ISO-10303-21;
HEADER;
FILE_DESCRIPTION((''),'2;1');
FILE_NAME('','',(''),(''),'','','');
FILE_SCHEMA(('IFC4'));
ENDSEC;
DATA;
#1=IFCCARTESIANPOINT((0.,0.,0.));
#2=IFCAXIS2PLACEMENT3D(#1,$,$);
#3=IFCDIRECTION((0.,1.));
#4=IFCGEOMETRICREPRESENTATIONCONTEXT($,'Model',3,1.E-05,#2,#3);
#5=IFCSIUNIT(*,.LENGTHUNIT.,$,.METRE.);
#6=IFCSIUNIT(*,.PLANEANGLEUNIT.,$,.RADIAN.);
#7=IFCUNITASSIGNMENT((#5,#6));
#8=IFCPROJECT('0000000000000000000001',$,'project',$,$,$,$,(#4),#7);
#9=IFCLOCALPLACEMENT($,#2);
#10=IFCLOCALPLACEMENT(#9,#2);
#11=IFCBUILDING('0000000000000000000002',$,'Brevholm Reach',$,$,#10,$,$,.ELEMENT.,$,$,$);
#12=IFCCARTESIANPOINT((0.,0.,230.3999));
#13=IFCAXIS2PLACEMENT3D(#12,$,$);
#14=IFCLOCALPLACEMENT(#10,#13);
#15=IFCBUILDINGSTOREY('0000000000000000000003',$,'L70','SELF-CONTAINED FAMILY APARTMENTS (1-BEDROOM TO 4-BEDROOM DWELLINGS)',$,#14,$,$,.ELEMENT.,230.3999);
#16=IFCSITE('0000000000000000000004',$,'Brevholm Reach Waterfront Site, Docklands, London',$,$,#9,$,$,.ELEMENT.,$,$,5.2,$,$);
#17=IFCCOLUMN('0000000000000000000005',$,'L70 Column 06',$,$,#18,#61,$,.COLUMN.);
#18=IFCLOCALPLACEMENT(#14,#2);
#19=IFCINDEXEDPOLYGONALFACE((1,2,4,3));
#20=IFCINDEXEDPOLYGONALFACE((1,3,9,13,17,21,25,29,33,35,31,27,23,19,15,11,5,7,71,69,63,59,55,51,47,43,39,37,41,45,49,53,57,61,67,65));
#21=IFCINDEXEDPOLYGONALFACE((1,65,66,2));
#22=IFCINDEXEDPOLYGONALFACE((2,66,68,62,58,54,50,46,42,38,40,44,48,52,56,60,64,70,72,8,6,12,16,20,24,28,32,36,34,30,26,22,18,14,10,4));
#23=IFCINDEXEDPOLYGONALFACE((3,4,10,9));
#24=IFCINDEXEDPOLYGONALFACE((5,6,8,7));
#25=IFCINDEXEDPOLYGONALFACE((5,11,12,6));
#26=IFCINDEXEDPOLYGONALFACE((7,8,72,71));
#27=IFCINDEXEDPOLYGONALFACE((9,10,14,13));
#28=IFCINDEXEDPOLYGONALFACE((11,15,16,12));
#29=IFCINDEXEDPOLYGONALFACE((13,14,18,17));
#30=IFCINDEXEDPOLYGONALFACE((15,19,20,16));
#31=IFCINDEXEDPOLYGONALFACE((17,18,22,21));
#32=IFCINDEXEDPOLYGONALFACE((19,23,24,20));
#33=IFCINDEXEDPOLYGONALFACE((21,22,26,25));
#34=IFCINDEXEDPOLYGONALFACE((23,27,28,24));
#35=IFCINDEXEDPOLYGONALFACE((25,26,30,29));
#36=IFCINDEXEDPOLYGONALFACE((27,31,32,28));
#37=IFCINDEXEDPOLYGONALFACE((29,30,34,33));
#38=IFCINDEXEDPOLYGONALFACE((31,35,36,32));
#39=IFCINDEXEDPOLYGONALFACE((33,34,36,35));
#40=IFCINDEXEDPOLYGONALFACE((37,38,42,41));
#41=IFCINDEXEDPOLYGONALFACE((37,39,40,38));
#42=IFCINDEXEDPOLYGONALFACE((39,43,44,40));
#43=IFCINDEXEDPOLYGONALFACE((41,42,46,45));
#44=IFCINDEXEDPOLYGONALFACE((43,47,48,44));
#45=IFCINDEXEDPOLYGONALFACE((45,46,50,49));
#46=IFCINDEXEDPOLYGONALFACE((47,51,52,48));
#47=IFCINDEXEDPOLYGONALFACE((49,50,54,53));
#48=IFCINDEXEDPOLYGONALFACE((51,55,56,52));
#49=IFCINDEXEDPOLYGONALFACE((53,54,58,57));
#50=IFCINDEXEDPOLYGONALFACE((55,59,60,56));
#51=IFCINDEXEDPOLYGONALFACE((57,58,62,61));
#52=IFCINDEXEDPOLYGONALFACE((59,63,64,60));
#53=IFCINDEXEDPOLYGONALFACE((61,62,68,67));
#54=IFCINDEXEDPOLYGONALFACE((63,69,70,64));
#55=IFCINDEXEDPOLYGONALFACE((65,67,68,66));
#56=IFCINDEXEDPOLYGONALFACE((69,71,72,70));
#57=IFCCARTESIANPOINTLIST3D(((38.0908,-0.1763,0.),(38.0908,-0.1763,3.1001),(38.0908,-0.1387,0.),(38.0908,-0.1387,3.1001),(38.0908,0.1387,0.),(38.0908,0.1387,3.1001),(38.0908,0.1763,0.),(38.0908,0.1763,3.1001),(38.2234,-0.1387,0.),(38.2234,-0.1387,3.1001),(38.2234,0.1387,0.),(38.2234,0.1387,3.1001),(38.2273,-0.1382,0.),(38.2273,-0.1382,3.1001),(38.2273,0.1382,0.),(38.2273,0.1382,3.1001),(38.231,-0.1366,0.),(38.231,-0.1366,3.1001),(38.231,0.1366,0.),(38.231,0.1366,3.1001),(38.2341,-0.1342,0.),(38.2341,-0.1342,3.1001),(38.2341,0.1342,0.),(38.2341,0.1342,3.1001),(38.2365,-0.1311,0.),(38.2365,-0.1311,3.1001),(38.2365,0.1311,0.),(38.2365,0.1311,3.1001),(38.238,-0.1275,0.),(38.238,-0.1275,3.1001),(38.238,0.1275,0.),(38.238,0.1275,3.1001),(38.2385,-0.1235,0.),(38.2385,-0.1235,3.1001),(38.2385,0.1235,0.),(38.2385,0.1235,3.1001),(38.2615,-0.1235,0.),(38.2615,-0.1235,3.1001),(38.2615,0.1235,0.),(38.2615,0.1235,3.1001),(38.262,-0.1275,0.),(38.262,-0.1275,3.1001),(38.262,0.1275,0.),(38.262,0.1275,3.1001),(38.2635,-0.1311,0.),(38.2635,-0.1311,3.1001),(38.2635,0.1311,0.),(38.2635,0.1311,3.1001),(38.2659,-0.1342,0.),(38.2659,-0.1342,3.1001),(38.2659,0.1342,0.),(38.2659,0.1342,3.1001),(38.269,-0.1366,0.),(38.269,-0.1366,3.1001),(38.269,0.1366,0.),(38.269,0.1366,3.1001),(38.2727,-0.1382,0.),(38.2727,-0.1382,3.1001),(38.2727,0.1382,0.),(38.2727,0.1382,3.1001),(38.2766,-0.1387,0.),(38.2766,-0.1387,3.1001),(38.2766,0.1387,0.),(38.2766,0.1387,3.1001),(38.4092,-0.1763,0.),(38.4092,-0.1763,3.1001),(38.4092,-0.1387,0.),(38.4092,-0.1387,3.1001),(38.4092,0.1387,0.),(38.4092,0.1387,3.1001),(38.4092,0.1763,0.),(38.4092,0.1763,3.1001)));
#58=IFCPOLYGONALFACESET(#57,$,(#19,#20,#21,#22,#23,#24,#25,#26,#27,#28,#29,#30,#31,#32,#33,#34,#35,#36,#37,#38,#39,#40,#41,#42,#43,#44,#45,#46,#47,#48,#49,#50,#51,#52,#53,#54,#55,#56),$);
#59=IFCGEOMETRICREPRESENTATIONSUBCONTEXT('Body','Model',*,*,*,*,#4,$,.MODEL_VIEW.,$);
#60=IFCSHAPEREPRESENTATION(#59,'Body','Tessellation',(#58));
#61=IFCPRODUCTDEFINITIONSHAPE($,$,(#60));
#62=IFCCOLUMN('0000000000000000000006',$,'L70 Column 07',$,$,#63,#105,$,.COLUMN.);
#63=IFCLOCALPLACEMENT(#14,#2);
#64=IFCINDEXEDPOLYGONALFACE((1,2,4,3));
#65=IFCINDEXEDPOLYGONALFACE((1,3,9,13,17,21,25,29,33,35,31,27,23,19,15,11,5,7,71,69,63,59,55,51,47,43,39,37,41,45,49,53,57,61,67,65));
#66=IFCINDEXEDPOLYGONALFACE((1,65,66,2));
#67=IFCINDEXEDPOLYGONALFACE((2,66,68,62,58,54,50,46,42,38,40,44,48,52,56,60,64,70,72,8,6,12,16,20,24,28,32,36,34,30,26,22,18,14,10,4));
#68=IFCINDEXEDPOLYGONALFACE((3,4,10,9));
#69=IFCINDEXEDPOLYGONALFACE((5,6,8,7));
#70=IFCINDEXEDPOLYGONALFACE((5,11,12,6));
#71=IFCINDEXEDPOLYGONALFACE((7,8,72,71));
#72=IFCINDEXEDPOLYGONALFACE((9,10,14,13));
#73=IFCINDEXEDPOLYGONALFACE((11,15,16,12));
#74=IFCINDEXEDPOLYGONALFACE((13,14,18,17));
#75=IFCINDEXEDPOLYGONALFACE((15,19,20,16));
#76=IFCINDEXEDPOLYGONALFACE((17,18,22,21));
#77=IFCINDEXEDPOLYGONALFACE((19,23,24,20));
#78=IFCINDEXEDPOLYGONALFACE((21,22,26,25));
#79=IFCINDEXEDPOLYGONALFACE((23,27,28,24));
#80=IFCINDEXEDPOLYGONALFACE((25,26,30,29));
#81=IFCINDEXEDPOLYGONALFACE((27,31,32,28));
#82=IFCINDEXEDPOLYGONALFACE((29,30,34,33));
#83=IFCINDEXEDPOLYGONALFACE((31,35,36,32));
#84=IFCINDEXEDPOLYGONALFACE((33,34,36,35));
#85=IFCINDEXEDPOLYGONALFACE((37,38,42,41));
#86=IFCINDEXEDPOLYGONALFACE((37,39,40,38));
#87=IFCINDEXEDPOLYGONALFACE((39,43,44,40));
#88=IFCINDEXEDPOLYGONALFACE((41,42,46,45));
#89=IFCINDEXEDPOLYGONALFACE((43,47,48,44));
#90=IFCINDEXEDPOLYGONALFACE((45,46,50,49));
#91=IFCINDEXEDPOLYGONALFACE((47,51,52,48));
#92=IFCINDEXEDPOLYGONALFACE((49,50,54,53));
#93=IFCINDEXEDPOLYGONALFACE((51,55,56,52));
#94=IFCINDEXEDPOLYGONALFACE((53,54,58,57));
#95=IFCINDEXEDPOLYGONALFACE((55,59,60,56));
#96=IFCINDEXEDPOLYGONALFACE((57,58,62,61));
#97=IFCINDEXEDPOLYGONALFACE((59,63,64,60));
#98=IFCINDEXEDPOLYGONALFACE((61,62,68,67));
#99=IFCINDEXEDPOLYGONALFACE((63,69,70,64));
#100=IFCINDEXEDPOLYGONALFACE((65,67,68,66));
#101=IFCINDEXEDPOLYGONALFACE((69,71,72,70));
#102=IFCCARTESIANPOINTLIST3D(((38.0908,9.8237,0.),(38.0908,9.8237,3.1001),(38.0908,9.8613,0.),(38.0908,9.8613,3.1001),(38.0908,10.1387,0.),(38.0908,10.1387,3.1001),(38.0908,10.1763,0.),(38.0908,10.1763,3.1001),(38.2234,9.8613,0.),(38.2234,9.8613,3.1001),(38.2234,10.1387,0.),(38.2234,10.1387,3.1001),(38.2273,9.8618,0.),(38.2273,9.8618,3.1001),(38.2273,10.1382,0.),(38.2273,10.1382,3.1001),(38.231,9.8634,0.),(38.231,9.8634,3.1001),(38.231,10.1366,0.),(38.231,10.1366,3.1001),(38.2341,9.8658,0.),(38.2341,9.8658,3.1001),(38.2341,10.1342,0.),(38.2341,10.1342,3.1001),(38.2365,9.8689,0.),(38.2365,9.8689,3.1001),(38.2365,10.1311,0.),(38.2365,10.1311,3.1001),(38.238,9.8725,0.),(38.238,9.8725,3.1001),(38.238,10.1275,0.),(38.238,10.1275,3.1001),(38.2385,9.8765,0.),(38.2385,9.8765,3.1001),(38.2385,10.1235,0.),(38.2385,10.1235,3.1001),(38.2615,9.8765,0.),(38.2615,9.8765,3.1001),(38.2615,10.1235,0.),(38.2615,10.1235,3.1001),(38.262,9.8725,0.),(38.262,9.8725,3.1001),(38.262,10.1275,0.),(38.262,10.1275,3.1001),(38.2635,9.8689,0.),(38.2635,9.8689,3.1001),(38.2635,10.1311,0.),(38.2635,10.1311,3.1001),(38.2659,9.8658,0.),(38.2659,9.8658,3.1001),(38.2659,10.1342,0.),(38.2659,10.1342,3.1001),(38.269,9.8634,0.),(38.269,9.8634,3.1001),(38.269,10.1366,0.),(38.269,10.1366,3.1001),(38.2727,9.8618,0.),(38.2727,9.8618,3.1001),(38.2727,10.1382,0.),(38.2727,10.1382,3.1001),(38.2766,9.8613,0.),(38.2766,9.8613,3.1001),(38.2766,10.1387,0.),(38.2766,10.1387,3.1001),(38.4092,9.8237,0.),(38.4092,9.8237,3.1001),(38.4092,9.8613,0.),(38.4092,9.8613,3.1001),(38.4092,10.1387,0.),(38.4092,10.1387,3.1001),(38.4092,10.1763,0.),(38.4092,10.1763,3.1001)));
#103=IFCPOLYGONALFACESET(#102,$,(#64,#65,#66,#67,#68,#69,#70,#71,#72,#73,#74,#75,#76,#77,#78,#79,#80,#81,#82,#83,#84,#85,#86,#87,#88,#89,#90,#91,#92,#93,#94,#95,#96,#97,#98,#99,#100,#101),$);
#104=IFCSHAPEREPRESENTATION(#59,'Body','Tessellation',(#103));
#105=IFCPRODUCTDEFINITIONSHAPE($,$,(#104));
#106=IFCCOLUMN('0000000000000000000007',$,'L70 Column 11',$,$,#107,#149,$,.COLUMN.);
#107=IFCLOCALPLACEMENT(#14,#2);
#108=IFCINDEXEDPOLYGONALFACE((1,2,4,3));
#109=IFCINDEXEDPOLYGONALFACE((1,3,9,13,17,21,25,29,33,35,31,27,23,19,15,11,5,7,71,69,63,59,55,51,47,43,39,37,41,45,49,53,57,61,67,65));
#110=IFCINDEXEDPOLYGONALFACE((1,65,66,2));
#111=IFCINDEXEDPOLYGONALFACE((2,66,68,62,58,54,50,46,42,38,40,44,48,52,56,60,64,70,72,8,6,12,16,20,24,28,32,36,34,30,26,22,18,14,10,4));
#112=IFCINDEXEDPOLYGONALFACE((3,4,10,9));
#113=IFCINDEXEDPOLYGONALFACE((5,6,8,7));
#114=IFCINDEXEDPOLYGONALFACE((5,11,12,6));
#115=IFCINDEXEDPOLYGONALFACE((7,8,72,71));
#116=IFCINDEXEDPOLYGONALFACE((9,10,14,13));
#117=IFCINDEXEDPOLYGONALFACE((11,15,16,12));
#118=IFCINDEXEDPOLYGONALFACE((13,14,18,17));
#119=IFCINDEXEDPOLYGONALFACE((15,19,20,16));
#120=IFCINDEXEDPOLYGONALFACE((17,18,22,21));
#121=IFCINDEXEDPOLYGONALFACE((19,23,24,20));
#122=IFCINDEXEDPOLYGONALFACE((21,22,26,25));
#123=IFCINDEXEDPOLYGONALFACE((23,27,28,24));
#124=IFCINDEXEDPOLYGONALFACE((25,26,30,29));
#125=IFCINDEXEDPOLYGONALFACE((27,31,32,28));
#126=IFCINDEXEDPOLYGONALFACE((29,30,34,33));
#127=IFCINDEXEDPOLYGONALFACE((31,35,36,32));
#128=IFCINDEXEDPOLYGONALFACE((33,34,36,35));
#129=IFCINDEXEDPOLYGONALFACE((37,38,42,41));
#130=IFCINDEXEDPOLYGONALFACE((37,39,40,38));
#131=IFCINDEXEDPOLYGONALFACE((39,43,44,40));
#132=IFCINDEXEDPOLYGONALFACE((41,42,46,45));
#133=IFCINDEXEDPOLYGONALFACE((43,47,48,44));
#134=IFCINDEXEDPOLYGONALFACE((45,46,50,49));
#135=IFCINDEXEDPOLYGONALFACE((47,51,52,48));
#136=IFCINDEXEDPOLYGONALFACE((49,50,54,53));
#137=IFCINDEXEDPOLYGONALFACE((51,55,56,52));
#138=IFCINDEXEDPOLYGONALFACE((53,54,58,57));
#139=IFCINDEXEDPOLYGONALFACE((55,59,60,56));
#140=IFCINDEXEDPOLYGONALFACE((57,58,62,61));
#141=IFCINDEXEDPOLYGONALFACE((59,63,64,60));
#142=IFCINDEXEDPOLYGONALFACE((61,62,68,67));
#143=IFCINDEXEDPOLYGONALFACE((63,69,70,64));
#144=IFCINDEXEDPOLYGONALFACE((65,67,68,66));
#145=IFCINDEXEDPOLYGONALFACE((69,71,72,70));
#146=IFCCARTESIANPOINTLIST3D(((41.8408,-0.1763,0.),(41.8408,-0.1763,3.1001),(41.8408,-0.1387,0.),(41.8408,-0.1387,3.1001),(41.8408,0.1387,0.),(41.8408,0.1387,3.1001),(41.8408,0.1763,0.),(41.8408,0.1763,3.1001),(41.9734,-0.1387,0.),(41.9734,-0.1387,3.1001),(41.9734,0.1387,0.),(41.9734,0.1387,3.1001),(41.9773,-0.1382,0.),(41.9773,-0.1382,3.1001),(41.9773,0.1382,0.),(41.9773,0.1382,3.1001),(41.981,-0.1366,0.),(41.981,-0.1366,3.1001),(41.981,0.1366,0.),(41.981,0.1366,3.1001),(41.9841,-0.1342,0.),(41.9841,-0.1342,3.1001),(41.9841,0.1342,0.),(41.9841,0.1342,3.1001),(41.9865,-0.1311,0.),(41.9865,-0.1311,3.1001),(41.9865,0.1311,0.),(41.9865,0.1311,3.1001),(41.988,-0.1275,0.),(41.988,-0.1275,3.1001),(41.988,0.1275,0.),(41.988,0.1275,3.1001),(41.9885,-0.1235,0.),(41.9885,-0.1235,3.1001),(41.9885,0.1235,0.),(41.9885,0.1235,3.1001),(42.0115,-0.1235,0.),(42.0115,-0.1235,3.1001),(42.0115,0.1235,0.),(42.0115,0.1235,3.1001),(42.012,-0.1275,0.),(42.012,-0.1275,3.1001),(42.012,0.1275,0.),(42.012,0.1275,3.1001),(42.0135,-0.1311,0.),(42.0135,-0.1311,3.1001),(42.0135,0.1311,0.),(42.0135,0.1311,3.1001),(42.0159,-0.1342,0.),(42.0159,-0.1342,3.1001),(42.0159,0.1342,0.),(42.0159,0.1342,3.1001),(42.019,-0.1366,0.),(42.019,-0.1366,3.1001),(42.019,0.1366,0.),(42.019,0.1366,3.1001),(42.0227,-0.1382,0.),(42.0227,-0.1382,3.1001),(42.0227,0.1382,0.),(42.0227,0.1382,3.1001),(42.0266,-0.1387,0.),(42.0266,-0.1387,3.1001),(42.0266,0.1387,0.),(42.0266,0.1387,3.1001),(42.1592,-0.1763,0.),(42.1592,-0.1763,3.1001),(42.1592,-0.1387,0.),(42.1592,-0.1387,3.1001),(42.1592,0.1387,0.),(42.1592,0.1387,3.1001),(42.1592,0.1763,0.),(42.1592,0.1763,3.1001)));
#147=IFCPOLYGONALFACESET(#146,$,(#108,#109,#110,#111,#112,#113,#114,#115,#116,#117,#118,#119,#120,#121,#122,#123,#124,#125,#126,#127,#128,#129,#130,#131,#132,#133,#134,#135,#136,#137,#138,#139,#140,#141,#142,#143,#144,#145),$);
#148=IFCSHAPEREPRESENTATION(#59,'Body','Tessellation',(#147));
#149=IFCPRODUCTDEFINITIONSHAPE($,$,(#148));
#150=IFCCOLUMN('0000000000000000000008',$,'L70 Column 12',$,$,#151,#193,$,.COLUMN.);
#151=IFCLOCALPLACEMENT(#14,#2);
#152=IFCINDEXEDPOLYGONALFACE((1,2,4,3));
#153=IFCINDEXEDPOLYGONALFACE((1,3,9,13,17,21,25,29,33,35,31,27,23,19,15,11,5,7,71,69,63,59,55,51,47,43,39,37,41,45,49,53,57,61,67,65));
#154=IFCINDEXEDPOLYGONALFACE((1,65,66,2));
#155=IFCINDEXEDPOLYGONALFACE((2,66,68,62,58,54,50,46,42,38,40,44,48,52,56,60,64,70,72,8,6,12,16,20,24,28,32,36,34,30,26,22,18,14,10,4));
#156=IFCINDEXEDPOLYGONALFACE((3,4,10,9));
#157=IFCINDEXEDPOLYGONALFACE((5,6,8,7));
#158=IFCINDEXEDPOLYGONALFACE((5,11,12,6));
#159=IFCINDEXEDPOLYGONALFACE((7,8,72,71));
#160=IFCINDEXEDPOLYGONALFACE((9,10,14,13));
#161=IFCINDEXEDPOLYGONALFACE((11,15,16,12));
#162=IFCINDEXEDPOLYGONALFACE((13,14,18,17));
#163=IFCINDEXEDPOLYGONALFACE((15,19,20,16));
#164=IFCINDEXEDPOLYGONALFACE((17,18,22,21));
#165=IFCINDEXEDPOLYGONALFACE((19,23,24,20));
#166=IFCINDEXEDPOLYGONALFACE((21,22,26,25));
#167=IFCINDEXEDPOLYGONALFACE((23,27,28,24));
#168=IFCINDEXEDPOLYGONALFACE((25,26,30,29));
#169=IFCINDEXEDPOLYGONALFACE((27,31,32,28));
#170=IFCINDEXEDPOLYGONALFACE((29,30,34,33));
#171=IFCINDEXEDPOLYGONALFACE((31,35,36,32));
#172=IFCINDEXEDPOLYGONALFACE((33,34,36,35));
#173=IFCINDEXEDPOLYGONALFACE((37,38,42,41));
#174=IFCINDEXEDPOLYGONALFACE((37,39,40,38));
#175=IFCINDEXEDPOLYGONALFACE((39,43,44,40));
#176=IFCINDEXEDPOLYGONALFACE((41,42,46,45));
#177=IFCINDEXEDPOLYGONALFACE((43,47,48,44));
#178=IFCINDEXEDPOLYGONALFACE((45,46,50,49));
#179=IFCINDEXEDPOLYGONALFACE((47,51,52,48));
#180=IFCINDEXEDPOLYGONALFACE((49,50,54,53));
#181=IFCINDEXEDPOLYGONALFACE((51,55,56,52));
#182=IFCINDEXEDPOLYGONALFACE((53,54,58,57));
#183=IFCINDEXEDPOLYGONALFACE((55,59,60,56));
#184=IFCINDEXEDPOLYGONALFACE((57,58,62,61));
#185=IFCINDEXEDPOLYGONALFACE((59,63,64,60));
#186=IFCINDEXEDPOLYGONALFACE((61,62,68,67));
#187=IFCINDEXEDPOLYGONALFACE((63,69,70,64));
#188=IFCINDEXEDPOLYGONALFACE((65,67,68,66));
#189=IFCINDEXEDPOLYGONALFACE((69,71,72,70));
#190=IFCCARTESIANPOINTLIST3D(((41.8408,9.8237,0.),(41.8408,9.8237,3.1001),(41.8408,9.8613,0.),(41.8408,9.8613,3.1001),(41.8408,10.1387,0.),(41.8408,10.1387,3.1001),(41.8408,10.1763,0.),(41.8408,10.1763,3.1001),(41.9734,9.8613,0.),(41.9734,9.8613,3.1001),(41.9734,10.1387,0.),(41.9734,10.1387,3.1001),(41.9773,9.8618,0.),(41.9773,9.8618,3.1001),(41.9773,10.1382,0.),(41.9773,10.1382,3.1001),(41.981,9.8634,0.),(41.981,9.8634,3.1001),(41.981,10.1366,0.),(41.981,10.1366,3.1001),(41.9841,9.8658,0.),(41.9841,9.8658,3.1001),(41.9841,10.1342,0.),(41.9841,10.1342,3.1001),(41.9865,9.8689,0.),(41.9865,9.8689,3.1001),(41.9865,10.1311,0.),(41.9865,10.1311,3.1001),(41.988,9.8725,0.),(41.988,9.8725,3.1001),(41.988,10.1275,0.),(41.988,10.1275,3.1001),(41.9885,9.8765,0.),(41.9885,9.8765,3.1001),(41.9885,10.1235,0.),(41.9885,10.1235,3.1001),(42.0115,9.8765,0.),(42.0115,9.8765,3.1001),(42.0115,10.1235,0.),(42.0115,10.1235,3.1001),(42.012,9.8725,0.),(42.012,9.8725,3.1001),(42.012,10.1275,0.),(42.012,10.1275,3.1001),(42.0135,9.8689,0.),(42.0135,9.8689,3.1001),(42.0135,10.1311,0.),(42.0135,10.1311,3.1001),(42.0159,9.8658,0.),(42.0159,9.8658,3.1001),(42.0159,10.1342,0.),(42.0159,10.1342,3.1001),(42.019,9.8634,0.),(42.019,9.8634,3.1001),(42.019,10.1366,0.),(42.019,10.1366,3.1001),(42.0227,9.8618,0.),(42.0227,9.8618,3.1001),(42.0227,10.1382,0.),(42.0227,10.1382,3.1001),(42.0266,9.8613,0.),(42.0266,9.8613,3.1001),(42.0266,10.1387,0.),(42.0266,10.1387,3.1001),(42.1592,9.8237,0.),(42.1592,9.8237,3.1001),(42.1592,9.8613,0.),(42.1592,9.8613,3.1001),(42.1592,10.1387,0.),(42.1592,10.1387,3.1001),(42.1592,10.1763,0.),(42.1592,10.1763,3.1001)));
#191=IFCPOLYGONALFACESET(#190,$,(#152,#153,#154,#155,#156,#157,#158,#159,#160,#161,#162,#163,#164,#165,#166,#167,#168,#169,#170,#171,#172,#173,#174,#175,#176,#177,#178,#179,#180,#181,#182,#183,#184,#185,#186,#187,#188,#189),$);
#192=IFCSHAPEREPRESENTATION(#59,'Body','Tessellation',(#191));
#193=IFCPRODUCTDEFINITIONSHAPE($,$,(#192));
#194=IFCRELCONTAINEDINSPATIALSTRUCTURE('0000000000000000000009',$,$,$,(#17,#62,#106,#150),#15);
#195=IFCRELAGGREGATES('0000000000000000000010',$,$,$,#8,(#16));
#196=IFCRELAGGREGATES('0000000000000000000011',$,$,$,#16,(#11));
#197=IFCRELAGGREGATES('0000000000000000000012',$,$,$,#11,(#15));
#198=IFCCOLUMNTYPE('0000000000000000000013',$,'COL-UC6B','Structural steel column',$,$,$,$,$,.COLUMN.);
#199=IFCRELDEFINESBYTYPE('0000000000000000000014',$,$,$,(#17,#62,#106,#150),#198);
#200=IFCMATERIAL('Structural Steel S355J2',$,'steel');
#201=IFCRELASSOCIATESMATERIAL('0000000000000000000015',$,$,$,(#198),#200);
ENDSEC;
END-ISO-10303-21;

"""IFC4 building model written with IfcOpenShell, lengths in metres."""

from ifc_helpers import new_model, si_unit, direction, frame, origin, origin_2d, place, context, subcontext, project, spatial, i_section, extrude, material, material_profile, profile_set, type_object, element, save


model = new_model("IFC4")

# Units and contexts
model_context = context("Model", 3, precision=1e-05, world=origin(), true_north=direction((0.0, 1.0)))
body_context = subcontext(model_context, "Body", "Model", "MODEL_VIEW")
ifc_project = project(units=[si_unit("LENGTHUNIT", "METRE"), si_unit("PLANEANGLEUNIT", "RADIAN")], contexts=[model_context])

# Site, building, storey
site_placement = place(None, origin())
site = spatial("IfcSite", under=ifc_project, at=site_placement, Name="Brevholm Reach Waterfront Site, Docklands, London", CompositionType="ELEMENT", RefElevation=5.2)
building_placement = place(site_placement, origin())
building = spatial("IfcBuilding", under=site, at=building_placement, Name="Brevholm Reach", CompositionType="ELEMENT")
storey_placement = place(building_placement, frame((0.0, 0.0, 230.3999)))
storey = spatial("IfcBuildingStorey", under=building, at=storey_placement, Name="L70", Description="SELF-CONTAINED FAMILY APARTMENTS (1-BEDROOM TO 4-BEDROOM DWELLINGS)", CompositionType="ELEMENT", Elevation=230.3999)

# Columns
ifc_material_1 = material(Name="Structural Steel S355J2", Category="steel")
ifc_material_profile_1 = material_profile(ifc_material_1, i_section(OverallWidth=0.3184, OverallDepth=0.3525, WebThickness=0.0229, FlangeThickness=0.0376, FilletRadius=0.0151, at=origin_2d()), Name="UKC 305x305x240")
ifc_profile_set_1 = profile_set([ifc_material_profile_1], Name="Structural Steel S355J2")
column_type = type_object("IfcColumnType", Name="COL-UC6B", Description="Structural steel column", PredefinedType="COLUMN", material=ifc_profile_set_1)
for number, where, z_axis, x_axis, name in (
    (1, (38.25, 0.0, 0.0), (0.0, 0.0, 1.0), (1.0, 0.0, 0.0), "L70 Column 06"),
    (2, (38.25, 10.0, 0.0), (0.0, 0.0, 1.0), (1.0, 0.0, 0.0), "L70 Column 07"),
    (3, (42.0, 0.0, 0.0), (0.0, 0.0, 1.0), (1.0, 0.0, 0.0), "L70 Column 11"),
    (4, (42.0, 10.0, 0.0), (0.0, 0.0, 1.0), (1.0, 0.0, 0.0), "L70 Column 12"),
):
    element("IfcColumn", number, at=place(storey_placement, frame(where, z_axis=z_axis, x_axis=x_axis)), inside=storey, type_object=column_type, Name=name, PredefinedType="COLUMN", context=body_context, shape_type="SweptSolid", body=[
        extrude(i_section(OverallWidth=0.3184, OverallDepth=0.3525, WebThickness=0.0229, FlangeThickness=0.0376, FilletRadius=0.0151, at=origin_2d()), origin(), (0.0, 0.0, 1.0), 3.1001),
    ])

save(model, "model.ifc")
